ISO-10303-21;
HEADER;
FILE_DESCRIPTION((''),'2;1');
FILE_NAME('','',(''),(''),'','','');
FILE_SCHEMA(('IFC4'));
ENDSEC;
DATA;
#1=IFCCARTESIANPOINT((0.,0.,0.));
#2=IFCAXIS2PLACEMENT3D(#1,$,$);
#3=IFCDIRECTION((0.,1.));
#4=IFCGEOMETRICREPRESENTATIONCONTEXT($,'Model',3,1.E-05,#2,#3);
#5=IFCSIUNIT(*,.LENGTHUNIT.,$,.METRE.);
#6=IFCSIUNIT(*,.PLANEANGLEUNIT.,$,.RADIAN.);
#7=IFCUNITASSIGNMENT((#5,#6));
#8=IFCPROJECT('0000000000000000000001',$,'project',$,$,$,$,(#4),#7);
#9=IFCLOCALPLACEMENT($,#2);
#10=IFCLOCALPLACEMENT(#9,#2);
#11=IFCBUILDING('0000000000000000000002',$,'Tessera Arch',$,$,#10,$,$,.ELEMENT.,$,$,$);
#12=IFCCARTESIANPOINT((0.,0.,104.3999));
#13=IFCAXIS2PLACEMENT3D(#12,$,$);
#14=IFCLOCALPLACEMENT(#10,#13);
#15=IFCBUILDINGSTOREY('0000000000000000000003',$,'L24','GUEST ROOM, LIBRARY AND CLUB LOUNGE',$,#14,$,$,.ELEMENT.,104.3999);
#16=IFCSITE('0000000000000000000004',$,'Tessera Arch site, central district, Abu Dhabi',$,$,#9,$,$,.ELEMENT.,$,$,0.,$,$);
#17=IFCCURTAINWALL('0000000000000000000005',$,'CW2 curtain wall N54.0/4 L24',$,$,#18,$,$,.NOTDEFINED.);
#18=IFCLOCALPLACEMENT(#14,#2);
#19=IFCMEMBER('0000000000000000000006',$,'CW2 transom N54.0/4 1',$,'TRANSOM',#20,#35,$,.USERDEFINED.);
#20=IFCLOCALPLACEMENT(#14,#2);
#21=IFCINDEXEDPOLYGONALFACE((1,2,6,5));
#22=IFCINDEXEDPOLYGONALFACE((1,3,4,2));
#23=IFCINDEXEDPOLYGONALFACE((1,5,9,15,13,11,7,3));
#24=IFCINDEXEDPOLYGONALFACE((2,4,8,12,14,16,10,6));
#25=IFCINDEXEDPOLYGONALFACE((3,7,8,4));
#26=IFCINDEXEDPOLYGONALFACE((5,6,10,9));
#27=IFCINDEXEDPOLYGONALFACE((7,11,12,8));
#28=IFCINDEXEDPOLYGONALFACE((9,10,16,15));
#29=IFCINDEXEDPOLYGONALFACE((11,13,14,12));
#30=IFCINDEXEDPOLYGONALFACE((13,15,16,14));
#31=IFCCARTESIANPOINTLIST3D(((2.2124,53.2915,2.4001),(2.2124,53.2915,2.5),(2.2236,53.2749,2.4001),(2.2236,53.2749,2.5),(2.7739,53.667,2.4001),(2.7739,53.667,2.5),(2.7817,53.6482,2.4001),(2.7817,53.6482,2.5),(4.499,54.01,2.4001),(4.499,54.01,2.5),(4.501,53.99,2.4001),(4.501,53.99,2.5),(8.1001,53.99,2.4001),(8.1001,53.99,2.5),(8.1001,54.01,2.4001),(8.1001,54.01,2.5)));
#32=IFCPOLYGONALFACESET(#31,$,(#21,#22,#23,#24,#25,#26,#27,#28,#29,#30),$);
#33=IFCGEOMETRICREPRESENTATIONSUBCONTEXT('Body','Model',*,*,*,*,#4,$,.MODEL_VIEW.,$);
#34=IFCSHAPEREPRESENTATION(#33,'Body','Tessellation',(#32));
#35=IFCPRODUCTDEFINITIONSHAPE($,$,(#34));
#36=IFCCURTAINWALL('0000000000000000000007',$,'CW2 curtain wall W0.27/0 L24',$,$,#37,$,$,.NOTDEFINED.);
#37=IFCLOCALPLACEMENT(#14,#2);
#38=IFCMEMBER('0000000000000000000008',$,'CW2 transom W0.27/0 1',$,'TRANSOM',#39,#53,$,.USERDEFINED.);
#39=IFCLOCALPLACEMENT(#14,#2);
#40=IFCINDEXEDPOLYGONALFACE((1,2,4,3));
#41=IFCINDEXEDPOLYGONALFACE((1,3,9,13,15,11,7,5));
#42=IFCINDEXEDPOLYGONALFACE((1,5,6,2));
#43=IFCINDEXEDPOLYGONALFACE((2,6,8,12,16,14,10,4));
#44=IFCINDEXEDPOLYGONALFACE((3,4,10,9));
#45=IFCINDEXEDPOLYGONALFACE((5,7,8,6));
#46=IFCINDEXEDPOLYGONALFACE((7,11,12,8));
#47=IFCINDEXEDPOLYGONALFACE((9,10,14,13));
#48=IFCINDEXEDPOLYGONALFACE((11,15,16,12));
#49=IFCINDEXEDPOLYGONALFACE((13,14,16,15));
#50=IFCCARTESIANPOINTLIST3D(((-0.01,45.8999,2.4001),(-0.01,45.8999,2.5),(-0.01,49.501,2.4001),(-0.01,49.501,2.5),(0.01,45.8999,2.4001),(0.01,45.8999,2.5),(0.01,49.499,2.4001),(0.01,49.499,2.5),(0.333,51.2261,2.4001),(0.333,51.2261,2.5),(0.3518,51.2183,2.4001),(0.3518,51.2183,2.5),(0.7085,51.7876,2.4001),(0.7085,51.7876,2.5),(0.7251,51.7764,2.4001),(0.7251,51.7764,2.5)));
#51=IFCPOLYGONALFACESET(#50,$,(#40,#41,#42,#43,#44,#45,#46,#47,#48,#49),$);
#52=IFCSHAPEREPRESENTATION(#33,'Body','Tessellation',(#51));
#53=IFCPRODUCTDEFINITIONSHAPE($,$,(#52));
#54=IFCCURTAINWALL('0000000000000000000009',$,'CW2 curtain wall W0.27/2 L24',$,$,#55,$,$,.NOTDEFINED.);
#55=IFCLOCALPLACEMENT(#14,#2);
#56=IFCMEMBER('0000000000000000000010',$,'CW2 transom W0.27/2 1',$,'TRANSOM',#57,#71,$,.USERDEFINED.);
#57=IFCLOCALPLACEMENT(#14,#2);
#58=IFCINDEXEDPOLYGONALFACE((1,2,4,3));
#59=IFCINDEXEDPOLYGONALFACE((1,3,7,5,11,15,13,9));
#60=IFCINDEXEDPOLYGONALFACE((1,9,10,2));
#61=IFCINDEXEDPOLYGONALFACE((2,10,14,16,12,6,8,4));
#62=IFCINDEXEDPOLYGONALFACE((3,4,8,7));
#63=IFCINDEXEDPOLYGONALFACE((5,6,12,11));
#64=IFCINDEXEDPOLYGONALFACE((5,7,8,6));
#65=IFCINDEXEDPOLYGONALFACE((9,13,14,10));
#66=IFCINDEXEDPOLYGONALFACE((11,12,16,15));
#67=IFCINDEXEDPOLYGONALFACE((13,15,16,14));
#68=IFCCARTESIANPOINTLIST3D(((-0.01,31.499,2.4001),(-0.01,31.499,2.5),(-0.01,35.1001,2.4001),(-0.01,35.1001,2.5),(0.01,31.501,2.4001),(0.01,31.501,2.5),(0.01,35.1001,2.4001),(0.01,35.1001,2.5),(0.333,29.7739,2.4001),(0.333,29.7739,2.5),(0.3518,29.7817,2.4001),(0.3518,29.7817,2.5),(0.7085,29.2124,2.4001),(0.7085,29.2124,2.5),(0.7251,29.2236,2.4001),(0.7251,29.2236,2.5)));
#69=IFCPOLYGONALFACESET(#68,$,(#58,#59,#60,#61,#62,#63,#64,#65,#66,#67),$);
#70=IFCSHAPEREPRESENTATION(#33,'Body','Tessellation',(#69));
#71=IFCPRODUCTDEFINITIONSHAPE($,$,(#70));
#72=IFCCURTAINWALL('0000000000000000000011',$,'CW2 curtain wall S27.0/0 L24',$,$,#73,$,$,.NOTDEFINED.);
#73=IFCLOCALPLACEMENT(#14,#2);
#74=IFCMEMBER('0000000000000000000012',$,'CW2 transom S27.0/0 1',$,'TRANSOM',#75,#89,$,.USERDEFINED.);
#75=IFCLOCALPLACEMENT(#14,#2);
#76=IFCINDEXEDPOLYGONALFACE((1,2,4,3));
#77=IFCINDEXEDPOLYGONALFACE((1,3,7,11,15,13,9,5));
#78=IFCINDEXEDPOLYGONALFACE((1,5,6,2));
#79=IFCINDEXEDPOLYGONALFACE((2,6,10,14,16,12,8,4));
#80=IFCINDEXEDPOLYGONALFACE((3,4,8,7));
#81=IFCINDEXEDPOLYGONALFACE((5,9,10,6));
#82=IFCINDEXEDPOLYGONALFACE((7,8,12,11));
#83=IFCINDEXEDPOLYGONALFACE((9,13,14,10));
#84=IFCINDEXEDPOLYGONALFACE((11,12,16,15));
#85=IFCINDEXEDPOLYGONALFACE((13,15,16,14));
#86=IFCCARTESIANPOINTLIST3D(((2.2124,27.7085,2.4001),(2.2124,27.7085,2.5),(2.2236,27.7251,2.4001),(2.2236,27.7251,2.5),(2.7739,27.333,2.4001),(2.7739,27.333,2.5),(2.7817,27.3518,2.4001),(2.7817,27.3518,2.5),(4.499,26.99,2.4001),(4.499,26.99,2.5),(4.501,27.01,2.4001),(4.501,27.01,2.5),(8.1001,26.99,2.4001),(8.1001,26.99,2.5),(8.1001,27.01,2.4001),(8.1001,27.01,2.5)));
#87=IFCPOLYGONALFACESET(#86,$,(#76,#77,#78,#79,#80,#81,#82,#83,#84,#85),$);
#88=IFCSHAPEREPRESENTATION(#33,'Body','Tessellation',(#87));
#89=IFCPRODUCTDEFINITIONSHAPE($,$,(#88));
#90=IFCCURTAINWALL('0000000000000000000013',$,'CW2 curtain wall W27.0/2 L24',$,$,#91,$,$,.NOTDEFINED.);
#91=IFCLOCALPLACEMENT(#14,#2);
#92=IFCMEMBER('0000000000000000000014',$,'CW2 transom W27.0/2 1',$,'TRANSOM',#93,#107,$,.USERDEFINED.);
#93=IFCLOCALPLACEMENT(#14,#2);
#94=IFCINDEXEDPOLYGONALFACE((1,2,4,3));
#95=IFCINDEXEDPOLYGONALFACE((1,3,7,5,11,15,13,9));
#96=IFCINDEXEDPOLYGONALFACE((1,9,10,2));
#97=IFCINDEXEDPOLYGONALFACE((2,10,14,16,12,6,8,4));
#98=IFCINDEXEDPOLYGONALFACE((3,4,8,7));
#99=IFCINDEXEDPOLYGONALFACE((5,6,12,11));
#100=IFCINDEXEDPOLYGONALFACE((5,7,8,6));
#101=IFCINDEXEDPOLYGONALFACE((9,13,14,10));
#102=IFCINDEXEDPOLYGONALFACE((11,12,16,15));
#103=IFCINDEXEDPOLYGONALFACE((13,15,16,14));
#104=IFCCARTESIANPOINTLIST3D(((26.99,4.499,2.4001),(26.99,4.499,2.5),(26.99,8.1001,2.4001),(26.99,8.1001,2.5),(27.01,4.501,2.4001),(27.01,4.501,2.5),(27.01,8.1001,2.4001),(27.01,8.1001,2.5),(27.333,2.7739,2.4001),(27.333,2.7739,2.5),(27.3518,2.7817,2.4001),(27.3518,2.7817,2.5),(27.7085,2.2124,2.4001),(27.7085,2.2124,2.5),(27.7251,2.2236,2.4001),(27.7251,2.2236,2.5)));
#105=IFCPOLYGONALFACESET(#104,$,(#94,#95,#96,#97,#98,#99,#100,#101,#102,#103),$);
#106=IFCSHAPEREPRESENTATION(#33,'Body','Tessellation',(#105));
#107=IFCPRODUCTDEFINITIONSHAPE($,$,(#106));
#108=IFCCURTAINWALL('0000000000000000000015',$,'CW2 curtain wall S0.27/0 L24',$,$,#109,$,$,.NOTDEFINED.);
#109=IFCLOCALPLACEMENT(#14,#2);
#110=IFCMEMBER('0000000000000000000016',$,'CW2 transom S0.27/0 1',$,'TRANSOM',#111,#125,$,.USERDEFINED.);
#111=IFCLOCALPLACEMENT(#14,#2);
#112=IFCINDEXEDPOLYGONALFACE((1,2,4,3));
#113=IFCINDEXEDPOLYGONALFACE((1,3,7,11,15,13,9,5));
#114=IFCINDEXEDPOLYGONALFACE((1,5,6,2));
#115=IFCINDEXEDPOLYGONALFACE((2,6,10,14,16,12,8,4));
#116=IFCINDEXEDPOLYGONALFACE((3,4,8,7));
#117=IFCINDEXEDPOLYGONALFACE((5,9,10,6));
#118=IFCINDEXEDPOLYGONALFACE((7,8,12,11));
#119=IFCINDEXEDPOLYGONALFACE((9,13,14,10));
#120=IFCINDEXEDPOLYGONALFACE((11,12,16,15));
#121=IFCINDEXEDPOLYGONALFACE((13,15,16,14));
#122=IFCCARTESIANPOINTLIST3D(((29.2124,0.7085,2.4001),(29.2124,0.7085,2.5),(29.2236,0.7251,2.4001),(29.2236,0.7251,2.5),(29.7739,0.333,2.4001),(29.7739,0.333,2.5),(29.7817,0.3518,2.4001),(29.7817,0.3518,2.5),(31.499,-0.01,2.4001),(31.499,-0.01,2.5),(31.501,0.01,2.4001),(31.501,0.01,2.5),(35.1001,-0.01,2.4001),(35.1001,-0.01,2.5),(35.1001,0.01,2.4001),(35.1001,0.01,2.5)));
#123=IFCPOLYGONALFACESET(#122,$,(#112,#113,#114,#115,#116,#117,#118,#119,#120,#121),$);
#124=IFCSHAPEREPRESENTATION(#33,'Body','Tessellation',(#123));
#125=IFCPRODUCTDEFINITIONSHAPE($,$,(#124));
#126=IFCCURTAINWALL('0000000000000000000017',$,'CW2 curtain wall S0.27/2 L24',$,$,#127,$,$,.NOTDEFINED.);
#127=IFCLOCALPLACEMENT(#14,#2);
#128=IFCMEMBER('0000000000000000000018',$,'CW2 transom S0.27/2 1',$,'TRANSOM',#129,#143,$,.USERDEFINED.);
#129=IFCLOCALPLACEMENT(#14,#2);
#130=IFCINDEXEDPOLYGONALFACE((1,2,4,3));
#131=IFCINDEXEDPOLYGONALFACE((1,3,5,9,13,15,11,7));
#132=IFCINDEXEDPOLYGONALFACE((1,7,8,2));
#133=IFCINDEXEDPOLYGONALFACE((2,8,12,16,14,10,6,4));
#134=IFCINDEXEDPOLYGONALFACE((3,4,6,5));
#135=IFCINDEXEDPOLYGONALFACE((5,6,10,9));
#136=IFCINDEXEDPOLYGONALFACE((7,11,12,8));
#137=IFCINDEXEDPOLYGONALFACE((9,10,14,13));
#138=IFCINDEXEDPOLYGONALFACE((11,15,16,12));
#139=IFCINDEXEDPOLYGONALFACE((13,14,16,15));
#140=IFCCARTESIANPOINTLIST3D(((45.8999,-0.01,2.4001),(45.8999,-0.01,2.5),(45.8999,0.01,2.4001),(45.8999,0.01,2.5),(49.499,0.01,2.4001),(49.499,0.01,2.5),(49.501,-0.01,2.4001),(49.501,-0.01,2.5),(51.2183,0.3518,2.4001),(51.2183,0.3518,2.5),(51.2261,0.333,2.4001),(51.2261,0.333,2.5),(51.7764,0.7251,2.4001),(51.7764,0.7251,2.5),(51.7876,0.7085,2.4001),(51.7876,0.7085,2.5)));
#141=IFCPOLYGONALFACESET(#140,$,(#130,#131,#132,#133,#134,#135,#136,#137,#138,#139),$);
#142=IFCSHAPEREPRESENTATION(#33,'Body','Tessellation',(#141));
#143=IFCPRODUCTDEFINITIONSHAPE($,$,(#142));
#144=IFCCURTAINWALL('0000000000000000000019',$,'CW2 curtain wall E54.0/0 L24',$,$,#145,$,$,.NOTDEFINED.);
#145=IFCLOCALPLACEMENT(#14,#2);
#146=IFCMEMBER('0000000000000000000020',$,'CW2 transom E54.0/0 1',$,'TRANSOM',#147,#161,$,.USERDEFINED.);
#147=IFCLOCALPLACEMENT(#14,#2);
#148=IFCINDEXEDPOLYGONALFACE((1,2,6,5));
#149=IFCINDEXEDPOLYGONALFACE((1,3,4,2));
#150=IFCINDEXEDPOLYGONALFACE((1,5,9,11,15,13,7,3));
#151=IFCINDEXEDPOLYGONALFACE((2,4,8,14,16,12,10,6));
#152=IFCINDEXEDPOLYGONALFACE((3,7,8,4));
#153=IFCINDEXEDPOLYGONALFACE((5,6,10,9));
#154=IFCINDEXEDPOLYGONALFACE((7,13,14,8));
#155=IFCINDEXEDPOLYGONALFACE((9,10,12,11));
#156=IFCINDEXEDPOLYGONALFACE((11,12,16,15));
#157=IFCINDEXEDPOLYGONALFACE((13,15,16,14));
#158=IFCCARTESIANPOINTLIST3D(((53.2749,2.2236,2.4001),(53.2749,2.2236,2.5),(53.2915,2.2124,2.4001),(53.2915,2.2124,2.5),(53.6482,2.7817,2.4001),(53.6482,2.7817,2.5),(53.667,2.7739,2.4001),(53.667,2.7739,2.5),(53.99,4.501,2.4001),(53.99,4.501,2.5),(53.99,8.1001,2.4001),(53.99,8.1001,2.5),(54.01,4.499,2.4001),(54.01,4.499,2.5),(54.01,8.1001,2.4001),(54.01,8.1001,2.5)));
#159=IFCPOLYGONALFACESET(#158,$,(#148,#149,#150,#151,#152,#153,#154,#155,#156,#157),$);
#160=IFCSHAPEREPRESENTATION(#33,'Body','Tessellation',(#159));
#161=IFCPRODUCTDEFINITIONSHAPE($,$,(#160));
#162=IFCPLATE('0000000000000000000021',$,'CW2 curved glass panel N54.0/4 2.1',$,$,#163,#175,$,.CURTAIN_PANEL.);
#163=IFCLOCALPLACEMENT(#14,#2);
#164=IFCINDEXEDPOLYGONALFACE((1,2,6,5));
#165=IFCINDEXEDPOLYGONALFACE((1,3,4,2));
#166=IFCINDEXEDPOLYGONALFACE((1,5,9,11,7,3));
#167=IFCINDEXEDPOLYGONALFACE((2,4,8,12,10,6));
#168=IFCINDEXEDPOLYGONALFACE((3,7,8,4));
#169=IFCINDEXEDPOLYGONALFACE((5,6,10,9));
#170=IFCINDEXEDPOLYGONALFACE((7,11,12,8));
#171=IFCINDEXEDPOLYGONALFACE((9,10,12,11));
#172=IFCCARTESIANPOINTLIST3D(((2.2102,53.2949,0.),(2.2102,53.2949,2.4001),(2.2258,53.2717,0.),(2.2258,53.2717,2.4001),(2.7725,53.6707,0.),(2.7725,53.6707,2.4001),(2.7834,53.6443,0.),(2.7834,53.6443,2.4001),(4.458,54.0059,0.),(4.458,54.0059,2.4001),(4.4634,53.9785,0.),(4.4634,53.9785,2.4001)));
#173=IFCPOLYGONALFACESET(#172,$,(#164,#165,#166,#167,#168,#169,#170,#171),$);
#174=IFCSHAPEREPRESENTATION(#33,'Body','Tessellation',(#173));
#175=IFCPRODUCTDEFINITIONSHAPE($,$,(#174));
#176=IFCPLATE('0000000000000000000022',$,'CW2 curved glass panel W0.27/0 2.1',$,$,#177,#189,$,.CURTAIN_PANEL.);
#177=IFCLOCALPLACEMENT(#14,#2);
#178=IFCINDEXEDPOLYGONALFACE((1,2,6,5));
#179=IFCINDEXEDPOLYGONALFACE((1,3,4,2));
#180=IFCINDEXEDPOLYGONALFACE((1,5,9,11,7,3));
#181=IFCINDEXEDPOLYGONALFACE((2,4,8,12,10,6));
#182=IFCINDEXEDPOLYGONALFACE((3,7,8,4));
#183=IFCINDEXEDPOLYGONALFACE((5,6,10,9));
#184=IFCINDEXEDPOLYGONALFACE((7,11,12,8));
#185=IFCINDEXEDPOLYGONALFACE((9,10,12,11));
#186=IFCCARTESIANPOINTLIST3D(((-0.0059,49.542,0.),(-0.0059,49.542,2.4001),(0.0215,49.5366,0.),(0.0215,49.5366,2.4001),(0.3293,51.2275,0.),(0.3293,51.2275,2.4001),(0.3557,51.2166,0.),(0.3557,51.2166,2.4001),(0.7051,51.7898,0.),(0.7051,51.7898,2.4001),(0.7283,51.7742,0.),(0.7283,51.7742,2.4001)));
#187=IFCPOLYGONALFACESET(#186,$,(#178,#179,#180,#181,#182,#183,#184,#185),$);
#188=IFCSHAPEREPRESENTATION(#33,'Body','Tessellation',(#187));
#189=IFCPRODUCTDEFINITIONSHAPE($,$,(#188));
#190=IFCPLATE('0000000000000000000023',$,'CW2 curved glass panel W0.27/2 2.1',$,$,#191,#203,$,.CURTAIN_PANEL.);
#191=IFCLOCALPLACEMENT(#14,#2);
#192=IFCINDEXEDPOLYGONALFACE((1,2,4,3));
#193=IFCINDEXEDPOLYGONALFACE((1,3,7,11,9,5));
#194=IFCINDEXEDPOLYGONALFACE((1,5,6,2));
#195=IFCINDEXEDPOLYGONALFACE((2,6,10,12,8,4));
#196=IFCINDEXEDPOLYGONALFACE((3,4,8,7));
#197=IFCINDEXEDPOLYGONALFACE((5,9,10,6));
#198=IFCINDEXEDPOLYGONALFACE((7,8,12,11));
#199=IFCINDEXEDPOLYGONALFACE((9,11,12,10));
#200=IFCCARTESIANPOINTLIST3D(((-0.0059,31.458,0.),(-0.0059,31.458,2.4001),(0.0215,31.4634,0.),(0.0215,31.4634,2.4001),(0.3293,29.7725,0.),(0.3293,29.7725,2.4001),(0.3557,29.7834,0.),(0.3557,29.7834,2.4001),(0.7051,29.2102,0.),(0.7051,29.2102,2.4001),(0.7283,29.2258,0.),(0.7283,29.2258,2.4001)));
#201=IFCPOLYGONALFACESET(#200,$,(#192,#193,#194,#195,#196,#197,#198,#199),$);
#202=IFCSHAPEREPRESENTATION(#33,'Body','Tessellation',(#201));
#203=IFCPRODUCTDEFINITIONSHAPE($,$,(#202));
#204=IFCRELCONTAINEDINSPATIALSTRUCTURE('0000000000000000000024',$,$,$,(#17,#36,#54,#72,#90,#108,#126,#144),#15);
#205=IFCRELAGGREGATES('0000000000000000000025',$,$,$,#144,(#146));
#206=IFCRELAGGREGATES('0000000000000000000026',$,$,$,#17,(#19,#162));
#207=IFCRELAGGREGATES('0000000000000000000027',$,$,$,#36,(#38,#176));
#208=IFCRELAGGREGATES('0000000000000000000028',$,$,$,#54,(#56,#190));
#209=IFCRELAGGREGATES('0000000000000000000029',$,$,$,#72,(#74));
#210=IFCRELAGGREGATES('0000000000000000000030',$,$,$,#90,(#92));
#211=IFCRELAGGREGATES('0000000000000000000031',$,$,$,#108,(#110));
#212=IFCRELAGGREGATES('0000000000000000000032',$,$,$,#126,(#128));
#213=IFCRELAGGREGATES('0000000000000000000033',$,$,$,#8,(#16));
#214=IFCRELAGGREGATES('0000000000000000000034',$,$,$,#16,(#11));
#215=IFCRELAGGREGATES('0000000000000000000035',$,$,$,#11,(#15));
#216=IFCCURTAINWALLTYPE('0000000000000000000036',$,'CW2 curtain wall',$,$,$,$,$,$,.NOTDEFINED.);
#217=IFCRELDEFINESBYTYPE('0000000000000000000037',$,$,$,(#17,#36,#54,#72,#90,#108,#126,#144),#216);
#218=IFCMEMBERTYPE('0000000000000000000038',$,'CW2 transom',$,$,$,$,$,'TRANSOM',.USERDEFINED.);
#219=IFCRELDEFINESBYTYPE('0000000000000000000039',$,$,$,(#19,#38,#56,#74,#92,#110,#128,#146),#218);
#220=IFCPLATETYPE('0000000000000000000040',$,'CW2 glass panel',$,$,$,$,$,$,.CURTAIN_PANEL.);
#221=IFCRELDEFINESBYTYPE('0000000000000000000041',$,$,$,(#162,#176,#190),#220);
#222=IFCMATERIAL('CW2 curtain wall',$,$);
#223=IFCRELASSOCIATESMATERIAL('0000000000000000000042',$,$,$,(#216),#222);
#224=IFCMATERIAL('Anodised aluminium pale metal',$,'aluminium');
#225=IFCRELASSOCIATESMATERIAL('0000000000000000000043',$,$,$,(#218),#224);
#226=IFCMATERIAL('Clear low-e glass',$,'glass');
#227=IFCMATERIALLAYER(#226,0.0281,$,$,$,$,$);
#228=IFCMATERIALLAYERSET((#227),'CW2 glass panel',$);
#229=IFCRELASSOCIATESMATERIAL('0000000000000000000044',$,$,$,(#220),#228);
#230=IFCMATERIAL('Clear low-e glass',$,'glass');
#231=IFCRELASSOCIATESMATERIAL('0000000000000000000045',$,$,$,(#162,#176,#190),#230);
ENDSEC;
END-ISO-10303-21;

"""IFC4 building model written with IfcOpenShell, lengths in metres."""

from ifc_helpers import new_model, si_unit, direction, frame, origin, origin_2d, place, context, subcontext, project, spatial, polyline, rectangle, outline, extrude, material, layer, layer_set, material_profile, profile_set, type_object, element, aggregate, save


model = new_model("IFC4")

# Units and contexts
model_context = context("Model", 3, precision=1e-05, world=origin(), true_north=direction((0.0, 1.0)))
body_context = subcontext(model_context, "Body", "Model", "MODEL_VIEW")
ifc_project = project(units=[si_unit("LENGTHUNIT", "METRE"), si_unit("PLANEANGLEUNIT", "RADIAN")], contexts=[model_context])

# Site, building, storey
site_placement = place(None, origin())
site = spatial("IfcSite", under=ifc_project, at=site_placement, Name="Tessera Arch site, central district, Abu Dhabi", CompositionType="ELEMENT", RefElevation=0.0)
building_placement = place(site_placement, origin())
building = spatial("IfcBuilding", under=site, at=building_placement, Name="Tessera Arch", CompositionType="ELEMENT")
storey_placement = place(building_placement, frame((0.0, 0.0, 104.3999)))
storey = spatial("IfcBuildingStorey", under=building, at=storey_placement, Name="L24", Description="GUEST ROOM, LIBRARY AND CLUB LOUNGE", CompositionType="ELEMENT", Elevation=104.3999)

# Curtain walls, members
ifc_material_1 = material(Name="CW2 curtain wall")
curtain_wall_type = type_object("IfcCurtainWallType", Name="CW2 curtain wall", PredefinedType="NOTDEFINED", material=ifc_material_1)
curtain_wall_1_placement = place(storey_placement, origin())
curtain_wall_1 = element("IfcCurtainWall", 1, at=curtain_wall_1_placement, inside=storey, type_object=curtain_wall_type, Name="CW2 curtain wall N54.0/4 L24", PredefinedType="NOTDEFINED")
ifc_material_2 = material(Name="Anodised aluminium pale metal", Category="aluminium")
ifc_material_profile = material_profile(ifc_material_2, rectangle(XDim=0.2, YDim=0.1001, at=origin_2d()), Name="AL 200x100")
ifc_profile_set = profile_set([ifc_material_profile], Name="Anodised aluminium pale metal")
member_type = type_object("IfcMemberType", Name="CW2 transom", ElementType="TRANSOM", PredefinedType="USERDEFINED", material=ifc_profile_set)
member_1_placement = place(storey_placement, frame((0.0, 0.0, 2.4001)))
member_1 = element("IfcMember", 2, at=member_1_placement, type_object=member_type, Name="CW2 transom N54.0/4 1", ObjectType="TRANSOM", PredefinedType="USERDEFINED", context=body_context, shape_type="SweptSolid", body=[
    extrude(outline(polyline([(4.501, 53.99), (8.1001, 53.99), (8.1001, 54.01), (4.499, 54.01), (2.7739, 53.667), (2.2124, 53.2915), (2.2236, 53.2749), (2.7817, 53.6482), (4.501, 53.99)])), origin(), (0.0, 0.0, 1.0), 0.0999),
])
curtain_wall_2_placement = place(storey_placement, origin())
curtain_wall_2 = element("IfcCurtainWall", 3, at=curtain_wall_2_placement, inside=storey, type_object=curtain_wall_type, Name="CW2 curtain wall W0.27/0 L24", PredefinedType="NOTDEFINED")
member_2_placement = place(storey_placement, frame((0.0, 0.0, 2.4001)))
member_2 = element("IfcMember", 4, at=member_2_placement, type_object=member_type, Name="CW2 transom W0.27/0 1", ObjectType="TRANSOM", PredefinedType="USERDEFINED", context=body_context, shape_type="SweptSolid", body=[
    extrude(outline(polyline([(0.3518, 51.2183), (0.7251, 51.7764), (0.7085, 51.7876), (0.333, 51.2261), (-0.01, 49.501), (-0.01, 45.8999), (0.01, 45.8999), (0.01, 49.499), (0.3518, 51.2183)])), origin(), (0.0, 0.0, 1.0), 0.0999),
])
curtain_wall_3_placement = place(storey_placement, origin())
curtain_wall_3 = element("IfcCurtainWall", 5, at=curtain_wall_3_placement, inside=storey, type_object=curtain_wall_type, Name="CW2 curtain wall W0.27/2 L24", PredefinedType="NOTDEFINED")
member_3_placement = place(storey_placement, frame((0.0, 0.0, 2.4001)))
member_3 = element("IfcMember", 6, at=member_3_placement, type_object=member_type, Name="CW2 transom W0.27/2 1", ObjectType="TRANSOM", PredefinedType="USERDEFINED", context=body_context, shape_type="SweptSolid", body=[
    extrude(outline(polyline([(0.01, 31.501), (0.01, 35.1001), (-0.01, 35.1001), (-0.01, 31.499), (0.333, 29.7739), (0.7085, 29.2124), (0.7251, 29.2236), (0.3518, 29.7817), (0.01, 31.501)])), origin(), (0.0, 0.0, 1.0), 0.0999),
])
curtain_wall_4_placement = place(storey_placement, origin())
curtain_wall_4 = element("IfcCurtainWall", 7, at=curtain_wall_4_placement, inside=storey, type_object=curtain_wall_type, Name="CW2 curtain wall S27.0/0 L24", PredefinedType="NOTDEFINED")
member_4_placement = place(storey_placement, frame((0.0, 0.0, 2.4001)))
member_4 = element("IfcMember", 8, at=member_4_placement, type_object=member_type, Name="CW2 transom S27.0/0 1", ObjectType="TRANSOM", PredefinedType="USERDEFINED", context=body_context, shape_type="SweptSolid", body=[
    extrude(outline(polyline([(2.7817, 27.3518), (2.2236, 27.7251), (2.2124, 27.7085), (2.7739, 27.333), (4.499, 26.99), (8.1001, 26.99), (8.1001, 27.01), (4.501, 27.01), (2.7817, 27.3518)])), origin(), (0.0, 0.0, 1.0), 0.0999),
])
curtain_wall_5_placement = place(storey_placement, origin())
curtain_wall_5 = element("IfcCurtainWall", 9, at=curtain_wall_5_placement, inside=storey, type_object=curtain_wall_type, Name="CW2 curtain wall W27.0/2 L24", PredefinedType="NOTDEFINED")
member_5_placement = place(storey_placement, frame((0.0, 0.0, 2.4001)))
member_5 = element("IfcMember", 10, at=member_5_placement, type_object=member_type, Name="CW2 transom W27.0/2 1", ObjectType="TRANSOM", PredefinedType="USERDEFINED", context=body_context, shape_type="SweptSolid", body=[
    extrude(outline(polyline([(27.01, 4.501), (27.01, 8.1001), (26.99, 8.1001), (26.99, 4.499), (27.333, 2.7739), (27.7085, 2.2124), (27.7251, 2.2236), (27.3518, 2.7817), (27.01, 4.501)])), origin(), (0.0, 0.0, 1.0), 0.0999),
])
curtain_wall_6_placement = place(storey_placement, origin())
curtain_wall_6 = element("IfcCurtainWall", 11, at=curtain_wall_6_placement, inside=storey, type_object=curtain_wall_type, Name="CW2 curtain wall S0.27/0 L24", PredefinedType="NOTDEFINED")
member_6_placement = place(storey_placement, frame((0.0, 0.0, 2.4001)))
member_6 = element("IfcMember", 12, at=member_6_placement, type_object=member_type, Name="CW2 transom S0.27/0 1", ObjectType="TRANSOM", PredefinedType="USERDEFINED", context=body_context, shape_type="SweptSolid", body=[
    extrude(outline(polyline([(29.7817, 0.3518), (29.2236, 0.7251), (29.2124, 0.7085), (29.7739, 0.333), (31.499, -0.01), (35.1001, -0.01), (35.1001, 0.01), (31.501, 0.01), (29.7817, 0.3518)])), origin(), (0.0, 0.0, 1.0), 0.0999),
])
curtain_wall_7_placement = place(storey_placement, origin())
curtain_wall_7 = element("IfcCurtainWall", 13, at=curtain_wall_7_placement, inside=storey, type_object=curtain_wall_type, Name="CW2 curtain wall S0.27/2 L24", PredefinedType="NOTDEFINED")
member_7_placement = place(storey_placement, frame((0.0, 0.0, 2.4001)))
member_7 = element("IfcMember", 14, at=member_7_placement, type_object=member_type, Name="CW2 transom S0.27/2 1", ObjectType="TRANSOM", PredefinedType="USERDEFINED", context=body_context, shape_type="SweptSolid", body=[
    extrude(outline(polyline([(49.499, 0.01), (45.8999, 0.01), (45.8999, -0.01), (49.501, -0.01), (51.2261, 0.333), (51.7876, 0.7085), (51.7764, 0.7251), (51.2183, 0.3518), (49.499, 0.01)])), origin(), (0.0, 0.0, 1.0), 0.0999),
])
curtain_wall_8_placement = place(storey_placement, origin())
curtain_wall_8 = element("IfcCurtainWall", 15, at=curtain_wall_8_placement, inside=storey, type_object=curtain_wall_type, Name="CW2 curtain wall E54.0/0 L24", PredefinedType="NOTDEFINED")
member_8_placement = place(storey_placement, frame((0.0, 0.0, 2.4001)))
member_8 = element("IfcMember", 16, at=member_8_placement, type_object=member_type, Name="CW2 transom E54.0/0 1", ObjectType="TRANSOM", PredefinedType="USERDEFINED", context=body_context, shape_type="SweptSolid", body=[
    extrude(outline(polyline([(53.6482, 2.7817), (53.2749, 2.2236), (53.2915, 2.2124), (53.667, 2.7739), (54.01, 4.499), (54.01, 8.1001), (53.99, 8.1001), (53.99, 4.501), (53.6482, 2.7817)])), origin(), (0.0, 0.0, 1.0), 0.0999),
])

# Plates
ifc_material_3 = material(Name="Clear low-e glass", Category="glass")
ifc_material_4 = material(Name="Clear low-e glass", Category="glass")
ifc_layer_1 = layer(ifc_material_4, 0.0281)
ifc_layer_set_1 = layer_set([ifc_layer_1], Name="CW2 glass panel")
plate_type_1 = type_object("IfcPlateType", Name="CW2 glass panel", PredefinedType="CURTAIN_PANEL", material=ifc_layer_set_1)
plate_1_placement = place(storey_placement, origin())
plate_1 = element("IfcPlate", 17, at=plate_1_placement, type_object=plate_type_1, material=ifc_material_3, Name="CW2 curved glass panel N54.0/4 2.1", PredefinedType="CURTAIN_PANEL", context=body_context, shape_type="SweptSolid", body=[
    extrude(outline(polyline([(2.7834, 53.6443), (4.4634, 53.9785), (4.458, 54.0059), (2.7725, 53.6707), (2.2102, 53.2949), (2.2258, 53.2717), (2.7834, 53.6443)])), origin(), (0.0, 0.0, 1.0), 2.4001),
])
plate_2_placement = place(storey_placement, origin())
plate_2 = element("IfcPlate", 18, at=plate_2_placement, type_object=plate_type_1, material=ifc_material_3, Name="CW2 curved glass panel W0.27/0 2.1", PredefinedType="CURTAIN_PANEL", context=body_context, shape_type="SweptSolid", body=[
    extrude(outline(polyline([(0.3557, 51.2166), (0.7283, 51.7742), (0.7051, 51.7898), (0.3293, 51.2275), (-0.0059, 49.542), (0.0215, 49.5366), (0.3557, 51.2166)])), origin(), (0.0, 0.0, 1.0), 2.4001),
])
plate_3_placement = place(storey_placement, origin())
plate_3 = element("IfcPlate", 19, at=plate_3_placement, type_object=plate_type_1, material=ifc_material_3, Name="CW2 curved glass panel W0.27/2 2.1", PredefinedType="CURTAIN_PANEL", context=body_context, shape_type="SweptSolid", body=[
    extrude(outline(polyline([(0.3557, 29.7834), (0.0215, 31.4634), (-0.0059, 31.458), (0.3293, 29.7725), (0.7051, 29.2102), (0.7283, 29.2258), (0.3557, 29.7834)])), origin(), (0.0, 0.0, 1.0), 2.4001),
])
aggregate(curtain_wall_8, [member_8])
aggregate(curtain_wall_1, [member_1, plate_1])
aggregate(curtain_wall_2, [member_2, plate_2])
aggregate(curtain_wall_3, [member_3, plate_3])
aggregate(curtain_wall_4, [member_4])
aggregate(curtain_wall_5, [member_5])
aggregate(curtain_wall_6, [member_6])
aggregate(curtain_wall_7, [member_7])

save(model, "model.ifc")
